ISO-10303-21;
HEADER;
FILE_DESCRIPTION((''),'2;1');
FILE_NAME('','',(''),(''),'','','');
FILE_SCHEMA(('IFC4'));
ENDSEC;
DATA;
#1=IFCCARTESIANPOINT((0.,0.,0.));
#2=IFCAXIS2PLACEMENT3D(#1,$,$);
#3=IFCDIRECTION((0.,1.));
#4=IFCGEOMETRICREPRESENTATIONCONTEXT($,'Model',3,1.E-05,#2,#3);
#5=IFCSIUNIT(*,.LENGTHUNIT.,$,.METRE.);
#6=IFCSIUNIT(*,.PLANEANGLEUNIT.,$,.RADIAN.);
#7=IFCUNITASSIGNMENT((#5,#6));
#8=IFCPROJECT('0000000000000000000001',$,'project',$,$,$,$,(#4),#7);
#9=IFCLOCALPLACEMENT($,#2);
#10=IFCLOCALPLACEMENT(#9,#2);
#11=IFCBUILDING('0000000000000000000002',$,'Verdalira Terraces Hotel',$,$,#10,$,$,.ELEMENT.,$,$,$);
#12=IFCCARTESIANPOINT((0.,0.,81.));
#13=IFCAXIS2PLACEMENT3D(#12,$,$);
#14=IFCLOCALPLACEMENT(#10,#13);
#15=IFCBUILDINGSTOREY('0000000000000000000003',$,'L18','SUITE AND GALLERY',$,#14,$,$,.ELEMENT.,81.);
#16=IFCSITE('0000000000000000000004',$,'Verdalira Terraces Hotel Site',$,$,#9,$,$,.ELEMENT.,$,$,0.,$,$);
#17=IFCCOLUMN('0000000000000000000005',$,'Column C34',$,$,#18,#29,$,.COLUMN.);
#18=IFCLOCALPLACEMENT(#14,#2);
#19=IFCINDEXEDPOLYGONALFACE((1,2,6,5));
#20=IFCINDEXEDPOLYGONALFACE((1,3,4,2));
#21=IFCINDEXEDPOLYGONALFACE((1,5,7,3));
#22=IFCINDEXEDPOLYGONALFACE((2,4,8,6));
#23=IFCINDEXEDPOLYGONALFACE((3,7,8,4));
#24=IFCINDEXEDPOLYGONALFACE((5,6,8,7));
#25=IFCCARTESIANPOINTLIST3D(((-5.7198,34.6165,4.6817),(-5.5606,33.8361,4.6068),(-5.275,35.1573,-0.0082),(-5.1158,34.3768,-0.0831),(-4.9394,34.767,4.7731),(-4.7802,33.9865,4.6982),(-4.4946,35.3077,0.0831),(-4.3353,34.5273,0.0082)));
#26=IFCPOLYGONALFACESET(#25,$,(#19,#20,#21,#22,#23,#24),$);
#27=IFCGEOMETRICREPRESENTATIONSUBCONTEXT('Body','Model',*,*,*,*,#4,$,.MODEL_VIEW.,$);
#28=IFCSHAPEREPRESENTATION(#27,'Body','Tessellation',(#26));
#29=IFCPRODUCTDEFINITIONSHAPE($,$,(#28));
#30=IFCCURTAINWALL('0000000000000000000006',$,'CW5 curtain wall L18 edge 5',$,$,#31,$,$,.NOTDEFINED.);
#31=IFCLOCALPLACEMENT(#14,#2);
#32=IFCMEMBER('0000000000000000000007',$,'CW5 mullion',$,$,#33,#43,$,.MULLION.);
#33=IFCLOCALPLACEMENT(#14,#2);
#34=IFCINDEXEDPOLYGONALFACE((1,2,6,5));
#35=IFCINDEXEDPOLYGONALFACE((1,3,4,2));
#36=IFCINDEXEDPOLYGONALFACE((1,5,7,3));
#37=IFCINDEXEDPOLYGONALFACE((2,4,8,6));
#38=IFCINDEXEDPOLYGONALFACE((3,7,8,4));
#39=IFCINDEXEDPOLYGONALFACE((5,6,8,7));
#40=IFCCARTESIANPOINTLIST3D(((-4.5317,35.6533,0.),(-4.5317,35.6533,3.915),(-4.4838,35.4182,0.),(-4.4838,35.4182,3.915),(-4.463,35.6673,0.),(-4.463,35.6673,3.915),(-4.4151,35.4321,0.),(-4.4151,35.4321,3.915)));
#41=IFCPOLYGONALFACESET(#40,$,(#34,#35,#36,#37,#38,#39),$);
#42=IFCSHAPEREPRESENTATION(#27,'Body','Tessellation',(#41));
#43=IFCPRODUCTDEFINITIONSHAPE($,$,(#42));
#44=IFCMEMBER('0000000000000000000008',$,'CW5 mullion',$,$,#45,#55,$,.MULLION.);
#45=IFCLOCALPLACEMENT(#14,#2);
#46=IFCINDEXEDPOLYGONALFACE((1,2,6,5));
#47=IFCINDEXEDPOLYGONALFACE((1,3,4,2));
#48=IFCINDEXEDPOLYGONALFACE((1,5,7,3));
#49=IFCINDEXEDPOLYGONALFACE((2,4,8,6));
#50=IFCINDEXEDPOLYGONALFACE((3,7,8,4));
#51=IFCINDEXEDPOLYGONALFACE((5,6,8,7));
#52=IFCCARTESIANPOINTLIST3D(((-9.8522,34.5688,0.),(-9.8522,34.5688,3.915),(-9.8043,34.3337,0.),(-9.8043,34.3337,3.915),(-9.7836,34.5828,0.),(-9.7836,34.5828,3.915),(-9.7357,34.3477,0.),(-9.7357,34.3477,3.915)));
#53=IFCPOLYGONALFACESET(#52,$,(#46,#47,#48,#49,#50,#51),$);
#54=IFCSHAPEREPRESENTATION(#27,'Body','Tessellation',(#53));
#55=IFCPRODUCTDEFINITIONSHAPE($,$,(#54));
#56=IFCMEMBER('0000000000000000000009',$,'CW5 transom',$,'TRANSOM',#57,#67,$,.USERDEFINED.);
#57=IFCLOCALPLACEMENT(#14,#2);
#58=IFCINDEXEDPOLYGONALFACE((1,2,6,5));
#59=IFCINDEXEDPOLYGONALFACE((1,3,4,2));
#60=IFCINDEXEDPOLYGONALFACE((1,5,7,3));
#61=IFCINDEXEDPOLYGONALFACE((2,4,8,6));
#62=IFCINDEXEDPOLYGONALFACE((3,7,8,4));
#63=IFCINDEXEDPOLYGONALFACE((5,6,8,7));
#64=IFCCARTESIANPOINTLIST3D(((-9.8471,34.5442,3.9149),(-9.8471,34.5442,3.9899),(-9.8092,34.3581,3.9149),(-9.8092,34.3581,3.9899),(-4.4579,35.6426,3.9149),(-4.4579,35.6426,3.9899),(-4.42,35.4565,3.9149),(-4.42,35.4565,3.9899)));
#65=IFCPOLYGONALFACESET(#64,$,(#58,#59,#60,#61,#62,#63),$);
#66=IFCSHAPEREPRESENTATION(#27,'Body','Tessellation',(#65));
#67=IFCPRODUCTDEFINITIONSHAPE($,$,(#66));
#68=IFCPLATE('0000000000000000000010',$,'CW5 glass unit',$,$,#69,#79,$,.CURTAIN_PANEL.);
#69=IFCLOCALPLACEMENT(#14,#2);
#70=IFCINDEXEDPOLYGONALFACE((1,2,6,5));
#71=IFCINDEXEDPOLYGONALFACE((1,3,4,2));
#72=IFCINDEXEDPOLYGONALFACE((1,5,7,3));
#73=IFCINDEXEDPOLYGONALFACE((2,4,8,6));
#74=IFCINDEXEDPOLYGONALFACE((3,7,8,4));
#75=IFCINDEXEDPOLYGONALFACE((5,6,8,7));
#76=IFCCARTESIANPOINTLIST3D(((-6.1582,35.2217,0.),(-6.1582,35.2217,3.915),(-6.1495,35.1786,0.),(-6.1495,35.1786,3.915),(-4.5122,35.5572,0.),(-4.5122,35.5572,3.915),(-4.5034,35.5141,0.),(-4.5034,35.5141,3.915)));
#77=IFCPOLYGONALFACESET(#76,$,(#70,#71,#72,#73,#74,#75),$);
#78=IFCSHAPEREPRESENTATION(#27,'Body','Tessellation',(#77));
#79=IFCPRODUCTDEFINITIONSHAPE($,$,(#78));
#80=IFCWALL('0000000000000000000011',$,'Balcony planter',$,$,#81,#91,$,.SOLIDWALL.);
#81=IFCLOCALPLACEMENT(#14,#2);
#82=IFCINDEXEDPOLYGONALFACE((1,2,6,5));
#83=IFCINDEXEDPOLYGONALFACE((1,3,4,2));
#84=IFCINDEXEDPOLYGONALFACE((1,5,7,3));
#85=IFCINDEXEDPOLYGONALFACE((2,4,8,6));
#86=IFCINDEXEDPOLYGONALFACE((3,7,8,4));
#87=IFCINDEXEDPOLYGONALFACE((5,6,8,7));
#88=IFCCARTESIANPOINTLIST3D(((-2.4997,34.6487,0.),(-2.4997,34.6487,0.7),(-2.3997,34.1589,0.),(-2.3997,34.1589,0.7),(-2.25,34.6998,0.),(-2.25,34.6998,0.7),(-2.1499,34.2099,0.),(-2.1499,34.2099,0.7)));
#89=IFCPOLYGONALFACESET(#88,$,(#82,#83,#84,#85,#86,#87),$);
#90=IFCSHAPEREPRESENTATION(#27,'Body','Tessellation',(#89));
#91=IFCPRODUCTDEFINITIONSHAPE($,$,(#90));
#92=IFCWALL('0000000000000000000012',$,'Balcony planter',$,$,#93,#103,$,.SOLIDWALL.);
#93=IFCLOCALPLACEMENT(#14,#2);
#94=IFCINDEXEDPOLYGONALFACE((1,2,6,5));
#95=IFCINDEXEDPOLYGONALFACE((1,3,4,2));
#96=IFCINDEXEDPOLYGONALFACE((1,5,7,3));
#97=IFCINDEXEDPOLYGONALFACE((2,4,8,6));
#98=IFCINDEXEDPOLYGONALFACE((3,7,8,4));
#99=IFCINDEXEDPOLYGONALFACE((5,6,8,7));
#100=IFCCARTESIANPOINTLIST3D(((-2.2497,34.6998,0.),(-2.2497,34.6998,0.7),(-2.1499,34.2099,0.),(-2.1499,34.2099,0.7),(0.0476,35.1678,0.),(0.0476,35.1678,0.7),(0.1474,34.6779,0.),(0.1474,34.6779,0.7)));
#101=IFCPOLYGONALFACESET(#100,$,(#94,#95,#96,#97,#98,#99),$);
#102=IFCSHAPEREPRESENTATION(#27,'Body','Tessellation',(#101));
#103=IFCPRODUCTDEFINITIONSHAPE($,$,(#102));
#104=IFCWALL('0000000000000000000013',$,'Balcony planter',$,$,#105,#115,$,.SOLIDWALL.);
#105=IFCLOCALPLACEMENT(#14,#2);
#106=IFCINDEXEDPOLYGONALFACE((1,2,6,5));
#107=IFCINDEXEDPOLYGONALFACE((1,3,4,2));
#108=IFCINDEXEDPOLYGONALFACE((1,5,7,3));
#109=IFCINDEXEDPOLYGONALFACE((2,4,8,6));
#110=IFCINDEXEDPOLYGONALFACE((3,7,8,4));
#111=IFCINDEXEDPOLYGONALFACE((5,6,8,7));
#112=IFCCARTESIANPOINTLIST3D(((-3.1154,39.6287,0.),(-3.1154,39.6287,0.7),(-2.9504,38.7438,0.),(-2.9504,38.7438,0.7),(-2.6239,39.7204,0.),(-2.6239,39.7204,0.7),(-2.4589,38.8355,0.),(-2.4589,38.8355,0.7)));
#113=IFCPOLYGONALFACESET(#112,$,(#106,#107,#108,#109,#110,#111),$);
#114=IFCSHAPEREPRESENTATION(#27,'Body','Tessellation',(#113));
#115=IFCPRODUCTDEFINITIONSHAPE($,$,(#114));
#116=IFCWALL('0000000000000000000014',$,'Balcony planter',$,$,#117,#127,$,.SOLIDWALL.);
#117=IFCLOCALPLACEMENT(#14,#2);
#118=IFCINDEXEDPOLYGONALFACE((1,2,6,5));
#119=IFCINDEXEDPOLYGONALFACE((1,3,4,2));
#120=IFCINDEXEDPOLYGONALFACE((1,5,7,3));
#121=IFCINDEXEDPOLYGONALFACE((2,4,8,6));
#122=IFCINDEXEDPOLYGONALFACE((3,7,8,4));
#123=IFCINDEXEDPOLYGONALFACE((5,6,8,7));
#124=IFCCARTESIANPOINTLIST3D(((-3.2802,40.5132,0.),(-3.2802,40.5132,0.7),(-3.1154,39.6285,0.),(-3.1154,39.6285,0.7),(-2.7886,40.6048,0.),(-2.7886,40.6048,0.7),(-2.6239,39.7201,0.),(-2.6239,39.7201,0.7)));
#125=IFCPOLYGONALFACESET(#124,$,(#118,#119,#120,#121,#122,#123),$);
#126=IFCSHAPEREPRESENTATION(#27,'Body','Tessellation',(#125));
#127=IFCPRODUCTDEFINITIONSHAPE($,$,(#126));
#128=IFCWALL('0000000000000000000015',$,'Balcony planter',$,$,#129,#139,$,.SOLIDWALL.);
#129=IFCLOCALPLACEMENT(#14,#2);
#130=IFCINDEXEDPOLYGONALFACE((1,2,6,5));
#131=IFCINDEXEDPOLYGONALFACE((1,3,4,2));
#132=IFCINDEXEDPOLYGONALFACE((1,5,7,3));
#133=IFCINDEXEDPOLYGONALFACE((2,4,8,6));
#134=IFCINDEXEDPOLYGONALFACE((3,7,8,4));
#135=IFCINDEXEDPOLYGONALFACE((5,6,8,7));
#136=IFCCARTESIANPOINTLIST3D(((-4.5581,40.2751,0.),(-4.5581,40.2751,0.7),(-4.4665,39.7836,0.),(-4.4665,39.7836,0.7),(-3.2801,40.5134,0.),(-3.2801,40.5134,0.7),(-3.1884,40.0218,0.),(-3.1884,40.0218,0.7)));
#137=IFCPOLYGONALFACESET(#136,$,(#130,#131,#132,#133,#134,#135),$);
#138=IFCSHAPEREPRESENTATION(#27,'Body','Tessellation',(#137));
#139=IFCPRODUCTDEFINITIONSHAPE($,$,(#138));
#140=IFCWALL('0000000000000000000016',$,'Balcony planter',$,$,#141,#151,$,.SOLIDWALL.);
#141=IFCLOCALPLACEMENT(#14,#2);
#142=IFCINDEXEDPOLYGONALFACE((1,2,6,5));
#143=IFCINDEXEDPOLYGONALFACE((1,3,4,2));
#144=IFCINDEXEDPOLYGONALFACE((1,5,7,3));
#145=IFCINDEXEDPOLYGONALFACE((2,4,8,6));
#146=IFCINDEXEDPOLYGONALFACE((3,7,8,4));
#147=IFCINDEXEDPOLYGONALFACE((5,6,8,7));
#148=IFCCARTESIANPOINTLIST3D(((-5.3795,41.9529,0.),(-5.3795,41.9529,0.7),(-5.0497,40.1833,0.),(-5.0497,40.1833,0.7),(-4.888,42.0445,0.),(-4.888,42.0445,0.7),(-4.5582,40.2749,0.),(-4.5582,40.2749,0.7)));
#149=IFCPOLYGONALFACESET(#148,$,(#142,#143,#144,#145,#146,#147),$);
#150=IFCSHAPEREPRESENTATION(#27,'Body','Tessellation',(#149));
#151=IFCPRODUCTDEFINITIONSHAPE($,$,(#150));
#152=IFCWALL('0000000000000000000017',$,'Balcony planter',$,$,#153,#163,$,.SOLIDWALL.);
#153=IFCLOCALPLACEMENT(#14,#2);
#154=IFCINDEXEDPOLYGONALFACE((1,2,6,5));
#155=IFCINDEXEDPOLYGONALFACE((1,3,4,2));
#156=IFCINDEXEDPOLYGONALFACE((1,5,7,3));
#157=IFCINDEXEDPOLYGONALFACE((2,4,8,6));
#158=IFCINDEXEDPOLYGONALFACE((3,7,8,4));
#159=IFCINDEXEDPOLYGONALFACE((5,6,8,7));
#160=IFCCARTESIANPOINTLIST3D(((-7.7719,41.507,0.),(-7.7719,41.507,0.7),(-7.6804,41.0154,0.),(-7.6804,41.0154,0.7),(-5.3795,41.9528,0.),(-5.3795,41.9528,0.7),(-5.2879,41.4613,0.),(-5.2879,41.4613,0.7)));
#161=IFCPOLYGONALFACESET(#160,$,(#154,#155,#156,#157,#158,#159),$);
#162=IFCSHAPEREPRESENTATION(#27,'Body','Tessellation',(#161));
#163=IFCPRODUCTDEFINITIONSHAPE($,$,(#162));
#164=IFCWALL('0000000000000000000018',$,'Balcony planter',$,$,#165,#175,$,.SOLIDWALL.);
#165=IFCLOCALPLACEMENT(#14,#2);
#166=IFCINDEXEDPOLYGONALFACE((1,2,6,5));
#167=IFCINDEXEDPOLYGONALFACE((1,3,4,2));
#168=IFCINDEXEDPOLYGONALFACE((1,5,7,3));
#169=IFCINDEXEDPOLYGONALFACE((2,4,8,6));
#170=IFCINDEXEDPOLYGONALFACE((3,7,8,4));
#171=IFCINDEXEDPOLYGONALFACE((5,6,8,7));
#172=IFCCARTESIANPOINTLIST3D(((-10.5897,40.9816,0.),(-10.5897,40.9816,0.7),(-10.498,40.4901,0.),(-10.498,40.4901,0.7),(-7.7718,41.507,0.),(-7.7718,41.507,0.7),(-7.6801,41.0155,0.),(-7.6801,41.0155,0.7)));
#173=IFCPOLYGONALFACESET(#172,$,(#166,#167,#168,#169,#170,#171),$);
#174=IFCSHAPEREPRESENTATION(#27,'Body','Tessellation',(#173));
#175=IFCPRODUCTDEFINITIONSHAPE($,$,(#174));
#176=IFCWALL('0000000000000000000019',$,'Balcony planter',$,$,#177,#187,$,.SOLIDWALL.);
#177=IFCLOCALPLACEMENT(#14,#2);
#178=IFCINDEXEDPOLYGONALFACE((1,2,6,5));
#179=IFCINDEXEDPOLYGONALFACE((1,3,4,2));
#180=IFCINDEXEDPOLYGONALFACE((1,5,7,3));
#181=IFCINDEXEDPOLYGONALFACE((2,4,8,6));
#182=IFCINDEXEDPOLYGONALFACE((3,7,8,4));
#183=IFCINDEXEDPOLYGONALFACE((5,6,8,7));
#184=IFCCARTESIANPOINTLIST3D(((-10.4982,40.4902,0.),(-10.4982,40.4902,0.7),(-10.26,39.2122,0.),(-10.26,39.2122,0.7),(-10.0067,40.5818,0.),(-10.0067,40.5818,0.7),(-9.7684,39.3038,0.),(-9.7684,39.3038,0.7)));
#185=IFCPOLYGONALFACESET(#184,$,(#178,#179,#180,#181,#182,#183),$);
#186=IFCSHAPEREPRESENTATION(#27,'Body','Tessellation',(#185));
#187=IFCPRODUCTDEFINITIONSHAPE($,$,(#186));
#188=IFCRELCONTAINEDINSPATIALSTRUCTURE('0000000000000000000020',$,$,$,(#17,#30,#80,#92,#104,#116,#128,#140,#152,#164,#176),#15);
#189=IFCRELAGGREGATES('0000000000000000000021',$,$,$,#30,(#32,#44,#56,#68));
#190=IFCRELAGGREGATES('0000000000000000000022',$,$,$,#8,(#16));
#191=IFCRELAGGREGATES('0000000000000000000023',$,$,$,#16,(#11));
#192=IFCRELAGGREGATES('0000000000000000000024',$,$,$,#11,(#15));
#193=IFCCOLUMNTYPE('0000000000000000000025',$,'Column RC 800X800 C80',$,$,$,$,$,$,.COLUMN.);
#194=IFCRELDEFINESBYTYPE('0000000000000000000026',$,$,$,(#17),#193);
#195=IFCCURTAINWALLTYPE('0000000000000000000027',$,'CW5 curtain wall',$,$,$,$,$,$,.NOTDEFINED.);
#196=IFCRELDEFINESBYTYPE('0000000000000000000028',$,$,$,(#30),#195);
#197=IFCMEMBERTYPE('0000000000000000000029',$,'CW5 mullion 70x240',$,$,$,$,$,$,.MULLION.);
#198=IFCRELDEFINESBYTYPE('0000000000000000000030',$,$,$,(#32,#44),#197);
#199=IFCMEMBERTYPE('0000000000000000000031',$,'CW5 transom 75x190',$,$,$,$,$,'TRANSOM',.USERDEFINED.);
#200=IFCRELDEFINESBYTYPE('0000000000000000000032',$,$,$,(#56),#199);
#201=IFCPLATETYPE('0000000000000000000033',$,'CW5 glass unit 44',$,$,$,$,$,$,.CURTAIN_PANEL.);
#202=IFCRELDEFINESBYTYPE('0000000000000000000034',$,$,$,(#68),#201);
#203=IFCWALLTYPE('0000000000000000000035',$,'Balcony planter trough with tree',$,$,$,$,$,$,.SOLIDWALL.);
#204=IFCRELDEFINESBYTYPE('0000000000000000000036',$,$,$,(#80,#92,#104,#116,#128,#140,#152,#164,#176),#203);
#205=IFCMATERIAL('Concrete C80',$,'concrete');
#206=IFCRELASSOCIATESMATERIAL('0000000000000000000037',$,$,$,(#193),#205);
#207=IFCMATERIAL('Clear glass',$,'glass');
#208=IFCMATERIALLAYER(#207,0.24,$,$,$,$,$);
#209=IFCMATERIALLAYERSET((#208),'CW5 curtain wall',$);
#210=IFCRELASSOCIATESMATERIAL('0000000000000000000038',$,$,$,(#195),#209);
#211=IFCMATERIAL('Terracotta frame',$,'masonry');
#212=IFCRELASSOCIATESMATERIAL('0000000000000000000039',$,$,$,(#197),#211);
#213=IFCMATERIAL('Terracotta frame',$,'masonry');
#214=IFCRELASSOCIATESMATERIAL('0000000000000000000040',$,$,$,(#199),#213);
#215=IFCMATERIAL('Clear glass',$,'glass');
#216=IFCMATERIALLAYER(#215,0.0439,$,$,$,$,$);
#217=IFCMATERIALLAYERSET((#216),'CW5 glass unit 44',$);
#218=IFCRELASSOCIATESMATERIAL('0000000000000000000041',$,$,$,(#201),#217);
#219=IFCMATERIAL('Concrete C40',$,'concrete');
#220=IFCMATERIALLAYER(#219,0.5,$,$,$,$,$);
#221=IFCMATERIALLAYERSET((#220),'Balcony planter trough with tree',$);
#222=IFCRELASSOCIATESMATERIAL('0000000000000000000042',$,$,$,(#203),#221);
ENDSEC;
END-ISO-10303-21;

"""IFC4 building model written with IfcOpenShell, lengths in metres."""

from ifc_helpers import new_model, si_unit, direction, frame, frame_2d, origin, origin_2d, place, context, subcontext, project, spatial, rectangle, extrude, material, layer, layer_set, material_profile, profile_set, type_object, element, aggregate, save


model = new_model("IFC4")

# Units and contexts
model_context = context("Model", 3, precision=1e-05, world=origin(), true_north=direction((0.0, 1.0)))
body_context = subcontext(model_context, "Body", "Model", "MODEL_VIEW")
ifc_project = project(units=[si_unit("LENGTHUNIT", "METRE"), si_unit("PLANEANGLEUNIT", "RADIAN")], contexts=[model_context])

# Site, building, storey
site_placement = place(None, origin())
site = spatial("IfcSite", under=ifc_project, at=site_placement, Name="Verdalira Terraces Hotel Site", CompositionType="ELEMENT", RefElevation=0.0)
building_placement = place(site_placement, origin())
building = spatial("IfcBuilding", under=site, at=building_placement, Name="Verdalira Terraces Hotel", CompositionType="ELEMENT")
storey_placement = place(building_placement, frame((0.0, 0.0, 81.0)))
storey = spatial("IfcBuildingStorey", under=building, at=storey_placement, Name="L18", Description="SUITE AND GALLERY", CompositionType="ELEMENT", Elevation=81.0)

# Column
ifc_material_1 = material(Name="Concrete C80", Category="concrete")
ifc_material_profile_1 = material_profile(ifc_material_1, rectangle(XDim=0.8, YDim=0.8, at=origin_2d()), Name="RC 800X800")
ifc_profile_set_1 = profile_set([ifc_material_profile_1], Name="Concrete C80")
column_type = type_object("IfcColumnType", Name="Column RC 800X800 C80", PredefinedType="COLUMN", material=ifc_profile_set_1)
column_placement = place(storey_placement, frame((-4.8052, 34.8423, 0.0), z_axis=(-0.093807, -0.11404, 0.989037), x_axis=(-0.975496, -0.188054, -0.114206)))
element("IfcColumn", 1, at=column_placement, inside=storey, type_object=column_type, Name="Column C34", PredefinedType="COLUMN", context=body_context, shape_type="SweptSolid", body=[
    extrude(rectangle(XDim=0.8, YDim=0.8, at=origin_2d()), origin(), (0.0, 0.0, 1.0), 4.7419),
])

# Curtain wall, members, plate
ifc_material_2 = material(Name="Clear glass", Category="glass")
ifc_layer_1 = layer(ifc_material_2, 0.24)
ifc_layer_set_1 = layer_set([ifc_layer_1], Name="CW5 curtain wall")
curtain_wall_type = type_object("IfcCurtainWallType", Name="CW5 curtain wall", PredefinedType="NOTDEFINED", material=ifc_layer_set_1)
curtain_wall_placement = place(storey_placement, origin())
curtain_wall = element("IfcCurtainWall", 2, at=curtain_wall_placement, inside=storey, type_object=curtain_wall_type, Name="CW5 curtain wall L18 edge 5", PredefinedType="NOTDEFINED")
ifc_material_3 = material(Name="Terracotta frame", Category="masonry")
ifc_material_profile_2 = material_profile(ifc_material_3, rectangle(XDim=0.0701, YDim=0.24, at=origin_2d()), Name="MU 70x240")
ifc_profile_set_2 = profile_set([ifc_material_profile_2], Name="Terracotta frame")
member_type_1 = type_object("IfcMemberType", Name="CW5 mullion 70x240", PredefinedType="MULLION", material=ifc_profile_set_2)
member_1_placement = place(storey_placement, frame((-4.4734, 35.5427, 0.0), z_axis=(0.0, 0.0, 1.0), x_axis=(-0.979855, -0.19971, 0.0)))
member_1 = element("IfcMember", 3, at=member_1_placement, type_object=member_type_1, Name="CW5 mullion", PredefinedType="MULLION", context=body_context, shape_type="SweptSolid", body=[
    extrude(rectangle(XDim=0.0701, YDim=0.24, at=origin_2d()), origin(), (0.0, 0.0, 1.0), 3.915),
])
member_2_placement = place(storey_placement, frame((-9.7939, 34.4583, 0.0), z_axis=(0.0, 0.0, 1.0), x_axis=(-0.979855, -0.19971, 0.0)))
member_2 = element("IfcMember", 4, at=member_2_placement, type_object=member_type_1, Name="CW5 mullion", PredefinedType="MULLION", context=body_context, shape_type="SweptSolid", body=[
    extrude(rectangle(XDim=0.0701, YDim=0.24, at=origin_2d()), origin(), (0.0, 0.0, 1.0), 3.915),
])
ifc_material_4 = material(Name="Terracotta frame", Category="masonry")
ifc_material_profile_3 = material_profile(ifc_material_4, rectangle(XDim=0.1899, YDim=0.075, at=origin_2d()), Name="TR 75x190")
ifc_profile_set_3 = profile_set([ifc_material_profile_3], Name="Terracotta frame")
member_type_2 = type_object("IfcMemberType", Name="CW5 transom 75x190", ElementType="TRANSOM", PredefinedType="USERDEFINED", material=ifc_profile_set_3)
member_3_placement = place(storey_placement, frame((-4.439, 35.5496, 3.9524), z_axis=(-0.979855, -0.199709, 0.0), x_axis=(0.199709, -0.979855, 0.0)))
member_3 = element("IfcMember", 5, at=member_3_placement, type_object=member_type_2, Name="CW5 transom", ObjectType="TRANSOM", PredefinedType="USERDEFINED", context=body_context, shape_type="SweptSolid", body=[
    extrude(rectangle(XDim=0.1899, YDim=0.075, at=origin_2d()), origin(), (0.0, 0.0, 1.0), 5.5),
])
ifc_material_5 = material(Name="Clear glass", Category="glass")
ifc_layer_2 = layer(ifc_material_5, 0.0439)
ifc_layer_set_2 = layer_set([ifc_layer_2], Name="CW5 glass unit 44")
plate_type = type_object("IfcPlateType", Name="CW5 glass unit 44", PredefinedType="CURTAIN_PANEL", material=ifc_layer_set_2)
plate_placement = place(storey_placement, frame((-5.3308, 35.3679, 0.0), z_axis=(0.0, 0.0, 1.0), x_axis=(-0.979855, -0.19971, 0.0)))
plate = element("IfcPlate", 6, at=plate_placement, type_object=plate_type, Name="CW5 glass unit", PredefinedType="CURTAIN_PANEL", context=body_context, shape_type="SweptSolid", body=[
    extrude(rectangle(XDim=1.6799, YDim=0.0439, at=origin_2d()), origin(), (0.0, 0.0, 1.0), 3.915),
])
aggregate(curtain_wall, [member_1, member_2, member_3, plate])

# Walls
ifc_material_6 = material(Name="Concrete C40", Category="concrete")
ifc_layer_3 = layer(ifc_material_6, 0.5)
ifc_layer_set_3 = layer_set([ifc_layer_3], Name="Balcony planter trough with tree")
wall_type_1 = type_object("IfcWallType", Name="Balcony planter trough with tree", PredefinedType="SOLIDWALL", material=ifc_layer_set_3)
wall_1_placement = place(storey_placement, frame((-2.4497, 34.4038, 0.0), z_axis=(0.0, 0.0, 1.0), x_axis=(0.979762, 0.200166, 0.0)))
element("IfcWall", 7, at=wall_1_placement, inside=storey, type_object=wall_type_1, Name="Balcony planter", PredefinedType="SOLIDWALL", context=body_context, shape_type="SweptSolid", body=[
    extrude(rectangle(XDim=0.2549, YDim=0.5, at=frame_2d((0.1274, 0.0))), origin(), (0.0, 0.0, 1.0), 0.7),
])
wall_2_placement = place(storey_placement, frame((-2.2, 34.4548, 0.0), z_axis=(0.0, 0.0, 1.0), x_axis=(0.979874, 0.199619, 0.0)))
element("IfcWall", 8, at=wall_2_placement, inside=storey, type_object=wall_type_1, Name="Balcony planter", PredefinedType="SOLIDWALL", context=body_context, shape_type="SweptSolid", body=[
    extrude(rectangle(XDim=2.3445, YDim=0.5, at=frame_2d((1.1724, 0.0))), origin(), (0.0, 0.0, 1.0), 0.7),
])
wall_3_placement = place(storey_placement, frame((-2.7046, 38.7896, 0.0), z_axis=(0.0, 0.0, 1.0), x_axis=(-0.183371, 0.983044, 0.0)))
element("IfcWall", 9, at=wall_3_placement, inside=storey, type_object=wall_type_1, Name="Balcony planter", PredefinedType="SOLIDWALL", context=body_context, shape_type="SweptSolid", body=[
    extrude(rectangle(XDim=0.9001, YDim=0.5, at=frame_2d((0.4502, 0.0))), origin(), (0.0, 0.0, 1.0), 0.7),
])
wall_4_placement = place(storey_placement, frame((-2.8696, 39.6743, 0.0), z_axis=(0.0, 0.0, 1.0), x_axis=(-0.183109, 0.983093, 0.0)))
element("IfcWall", 10, at=wall_4_placement, inside=storey, type_object=wall_type_1, Name="Balcony planter", PredefinedType="SOLIDWALL", context=body_context, shape_type="SweptSolid", body=[
    extrude(rectangle(XDim=0.8999, YDim=0.5, at=frame_2d((0.45, 0.0))), origin(), (0.0, 0.0, 1.0), 0.7),
])
wall_5_placement = place(storey_placement, frame((-3.2344, 40.2676, 0.0), z_axis=(0.0, 0.0, 1.0), x_axis=(-0.983061, -0.183279, 0.0)))
element("IfcWall", 11, at=wall_5_placement, inside=storey, type_object=wall_type_1, Name="Balcony planter", PredefinedType="SOLIDWALL", context=body_context, shape_type="SweptSolid", body=[
    extrude(rectangle(XDim=1.3, YDim=0.5, at=frame_2d((0.6499, 0.0))), origin(), (0.0, 0.0, 1.0), 0.7),
])
wall_6_placement = place(storey_placement, frame((-4.804, 40.2292, 0.0), z_axis=(0.0, 0.0, 1.0), x_axis=(-0.18324, 0.983068, 0.0)))
element("IfcWall", 12, at=wall_6_placement, inside=storey, type_object=wall_type_1, Name="Balcony planter", PredefinedType="SOLIDWALL", context=body_context, shape_type="SweptSolid", body=[
    extrude(rectangle(XDim=1.8, YDim=0.5, at=frame_2d((0.8999, 0.0))), origin(), (0.0, 0.0, 1.0), 0.7),
])
wall_7_placement = place(storey_placement, frame((-5.3337, 41.707, 0.0), z_axis=(0.0, 0.0, 1.0), x_axis=(-0.983077, -0.183192, 0.0)))
element("IfcWall", 13, at=wall_7_placement, inside=storey, type_object=wall_type_1, Name="Balcony planter", PredefinedType="SOLIDWALL", context=body_context, shape_type="SweptSolid", body=[
    extrude(rectangle(XDim=2.4336, YDim=0.5, at=frame_2d((1.2168, 0.0))), origin(), (0.0, 0.0, 1.0), 0.7),
])
wall_8_placement = place(storey_placement, frame((-7.7261, 41.2612, 0.0), z_axis=(0.0, 0.0, 1.0), x_axis=(-0.983059, -0.183291, 0.0)))
element("IfcWall", 14, at=wall_8_placement, inside=storey, type_object=wall_type_1, Name="Balcony planter", PredefinedType="SOLIDWALL", context=body_context, shape_type="SweptSolid", body=[
    extrude(rectangle(XDim=2.8665, YDim=0.5, at=frame_2d((1.4331, 0.0))), origin(), (0.0, 0.0, 1.0), 0.7),
])
wall_9_placement = place(storey_placement, frame((-10.2524, 40.5359, 0.0), z_axis=(0.0, 0.0, 1.0), x_axis=(0.183279, -0.983061, 0.0)))
element("IfcWall", 15, at=wall_9_placement, inside=storey, type_object=wall_type_1, Name="Balcony planter", PredefinedType="SOLIDWALL", context=body_context, shape_type="SweptSolid", body=[
    extrude(rectangle(XDim=1.3, YDim=0.5, at=frame_2d((0.6499, 0.0))), origin(), (0.0, 0.0, 1.0), 0.7),
])

save(model, "model.ifc")
